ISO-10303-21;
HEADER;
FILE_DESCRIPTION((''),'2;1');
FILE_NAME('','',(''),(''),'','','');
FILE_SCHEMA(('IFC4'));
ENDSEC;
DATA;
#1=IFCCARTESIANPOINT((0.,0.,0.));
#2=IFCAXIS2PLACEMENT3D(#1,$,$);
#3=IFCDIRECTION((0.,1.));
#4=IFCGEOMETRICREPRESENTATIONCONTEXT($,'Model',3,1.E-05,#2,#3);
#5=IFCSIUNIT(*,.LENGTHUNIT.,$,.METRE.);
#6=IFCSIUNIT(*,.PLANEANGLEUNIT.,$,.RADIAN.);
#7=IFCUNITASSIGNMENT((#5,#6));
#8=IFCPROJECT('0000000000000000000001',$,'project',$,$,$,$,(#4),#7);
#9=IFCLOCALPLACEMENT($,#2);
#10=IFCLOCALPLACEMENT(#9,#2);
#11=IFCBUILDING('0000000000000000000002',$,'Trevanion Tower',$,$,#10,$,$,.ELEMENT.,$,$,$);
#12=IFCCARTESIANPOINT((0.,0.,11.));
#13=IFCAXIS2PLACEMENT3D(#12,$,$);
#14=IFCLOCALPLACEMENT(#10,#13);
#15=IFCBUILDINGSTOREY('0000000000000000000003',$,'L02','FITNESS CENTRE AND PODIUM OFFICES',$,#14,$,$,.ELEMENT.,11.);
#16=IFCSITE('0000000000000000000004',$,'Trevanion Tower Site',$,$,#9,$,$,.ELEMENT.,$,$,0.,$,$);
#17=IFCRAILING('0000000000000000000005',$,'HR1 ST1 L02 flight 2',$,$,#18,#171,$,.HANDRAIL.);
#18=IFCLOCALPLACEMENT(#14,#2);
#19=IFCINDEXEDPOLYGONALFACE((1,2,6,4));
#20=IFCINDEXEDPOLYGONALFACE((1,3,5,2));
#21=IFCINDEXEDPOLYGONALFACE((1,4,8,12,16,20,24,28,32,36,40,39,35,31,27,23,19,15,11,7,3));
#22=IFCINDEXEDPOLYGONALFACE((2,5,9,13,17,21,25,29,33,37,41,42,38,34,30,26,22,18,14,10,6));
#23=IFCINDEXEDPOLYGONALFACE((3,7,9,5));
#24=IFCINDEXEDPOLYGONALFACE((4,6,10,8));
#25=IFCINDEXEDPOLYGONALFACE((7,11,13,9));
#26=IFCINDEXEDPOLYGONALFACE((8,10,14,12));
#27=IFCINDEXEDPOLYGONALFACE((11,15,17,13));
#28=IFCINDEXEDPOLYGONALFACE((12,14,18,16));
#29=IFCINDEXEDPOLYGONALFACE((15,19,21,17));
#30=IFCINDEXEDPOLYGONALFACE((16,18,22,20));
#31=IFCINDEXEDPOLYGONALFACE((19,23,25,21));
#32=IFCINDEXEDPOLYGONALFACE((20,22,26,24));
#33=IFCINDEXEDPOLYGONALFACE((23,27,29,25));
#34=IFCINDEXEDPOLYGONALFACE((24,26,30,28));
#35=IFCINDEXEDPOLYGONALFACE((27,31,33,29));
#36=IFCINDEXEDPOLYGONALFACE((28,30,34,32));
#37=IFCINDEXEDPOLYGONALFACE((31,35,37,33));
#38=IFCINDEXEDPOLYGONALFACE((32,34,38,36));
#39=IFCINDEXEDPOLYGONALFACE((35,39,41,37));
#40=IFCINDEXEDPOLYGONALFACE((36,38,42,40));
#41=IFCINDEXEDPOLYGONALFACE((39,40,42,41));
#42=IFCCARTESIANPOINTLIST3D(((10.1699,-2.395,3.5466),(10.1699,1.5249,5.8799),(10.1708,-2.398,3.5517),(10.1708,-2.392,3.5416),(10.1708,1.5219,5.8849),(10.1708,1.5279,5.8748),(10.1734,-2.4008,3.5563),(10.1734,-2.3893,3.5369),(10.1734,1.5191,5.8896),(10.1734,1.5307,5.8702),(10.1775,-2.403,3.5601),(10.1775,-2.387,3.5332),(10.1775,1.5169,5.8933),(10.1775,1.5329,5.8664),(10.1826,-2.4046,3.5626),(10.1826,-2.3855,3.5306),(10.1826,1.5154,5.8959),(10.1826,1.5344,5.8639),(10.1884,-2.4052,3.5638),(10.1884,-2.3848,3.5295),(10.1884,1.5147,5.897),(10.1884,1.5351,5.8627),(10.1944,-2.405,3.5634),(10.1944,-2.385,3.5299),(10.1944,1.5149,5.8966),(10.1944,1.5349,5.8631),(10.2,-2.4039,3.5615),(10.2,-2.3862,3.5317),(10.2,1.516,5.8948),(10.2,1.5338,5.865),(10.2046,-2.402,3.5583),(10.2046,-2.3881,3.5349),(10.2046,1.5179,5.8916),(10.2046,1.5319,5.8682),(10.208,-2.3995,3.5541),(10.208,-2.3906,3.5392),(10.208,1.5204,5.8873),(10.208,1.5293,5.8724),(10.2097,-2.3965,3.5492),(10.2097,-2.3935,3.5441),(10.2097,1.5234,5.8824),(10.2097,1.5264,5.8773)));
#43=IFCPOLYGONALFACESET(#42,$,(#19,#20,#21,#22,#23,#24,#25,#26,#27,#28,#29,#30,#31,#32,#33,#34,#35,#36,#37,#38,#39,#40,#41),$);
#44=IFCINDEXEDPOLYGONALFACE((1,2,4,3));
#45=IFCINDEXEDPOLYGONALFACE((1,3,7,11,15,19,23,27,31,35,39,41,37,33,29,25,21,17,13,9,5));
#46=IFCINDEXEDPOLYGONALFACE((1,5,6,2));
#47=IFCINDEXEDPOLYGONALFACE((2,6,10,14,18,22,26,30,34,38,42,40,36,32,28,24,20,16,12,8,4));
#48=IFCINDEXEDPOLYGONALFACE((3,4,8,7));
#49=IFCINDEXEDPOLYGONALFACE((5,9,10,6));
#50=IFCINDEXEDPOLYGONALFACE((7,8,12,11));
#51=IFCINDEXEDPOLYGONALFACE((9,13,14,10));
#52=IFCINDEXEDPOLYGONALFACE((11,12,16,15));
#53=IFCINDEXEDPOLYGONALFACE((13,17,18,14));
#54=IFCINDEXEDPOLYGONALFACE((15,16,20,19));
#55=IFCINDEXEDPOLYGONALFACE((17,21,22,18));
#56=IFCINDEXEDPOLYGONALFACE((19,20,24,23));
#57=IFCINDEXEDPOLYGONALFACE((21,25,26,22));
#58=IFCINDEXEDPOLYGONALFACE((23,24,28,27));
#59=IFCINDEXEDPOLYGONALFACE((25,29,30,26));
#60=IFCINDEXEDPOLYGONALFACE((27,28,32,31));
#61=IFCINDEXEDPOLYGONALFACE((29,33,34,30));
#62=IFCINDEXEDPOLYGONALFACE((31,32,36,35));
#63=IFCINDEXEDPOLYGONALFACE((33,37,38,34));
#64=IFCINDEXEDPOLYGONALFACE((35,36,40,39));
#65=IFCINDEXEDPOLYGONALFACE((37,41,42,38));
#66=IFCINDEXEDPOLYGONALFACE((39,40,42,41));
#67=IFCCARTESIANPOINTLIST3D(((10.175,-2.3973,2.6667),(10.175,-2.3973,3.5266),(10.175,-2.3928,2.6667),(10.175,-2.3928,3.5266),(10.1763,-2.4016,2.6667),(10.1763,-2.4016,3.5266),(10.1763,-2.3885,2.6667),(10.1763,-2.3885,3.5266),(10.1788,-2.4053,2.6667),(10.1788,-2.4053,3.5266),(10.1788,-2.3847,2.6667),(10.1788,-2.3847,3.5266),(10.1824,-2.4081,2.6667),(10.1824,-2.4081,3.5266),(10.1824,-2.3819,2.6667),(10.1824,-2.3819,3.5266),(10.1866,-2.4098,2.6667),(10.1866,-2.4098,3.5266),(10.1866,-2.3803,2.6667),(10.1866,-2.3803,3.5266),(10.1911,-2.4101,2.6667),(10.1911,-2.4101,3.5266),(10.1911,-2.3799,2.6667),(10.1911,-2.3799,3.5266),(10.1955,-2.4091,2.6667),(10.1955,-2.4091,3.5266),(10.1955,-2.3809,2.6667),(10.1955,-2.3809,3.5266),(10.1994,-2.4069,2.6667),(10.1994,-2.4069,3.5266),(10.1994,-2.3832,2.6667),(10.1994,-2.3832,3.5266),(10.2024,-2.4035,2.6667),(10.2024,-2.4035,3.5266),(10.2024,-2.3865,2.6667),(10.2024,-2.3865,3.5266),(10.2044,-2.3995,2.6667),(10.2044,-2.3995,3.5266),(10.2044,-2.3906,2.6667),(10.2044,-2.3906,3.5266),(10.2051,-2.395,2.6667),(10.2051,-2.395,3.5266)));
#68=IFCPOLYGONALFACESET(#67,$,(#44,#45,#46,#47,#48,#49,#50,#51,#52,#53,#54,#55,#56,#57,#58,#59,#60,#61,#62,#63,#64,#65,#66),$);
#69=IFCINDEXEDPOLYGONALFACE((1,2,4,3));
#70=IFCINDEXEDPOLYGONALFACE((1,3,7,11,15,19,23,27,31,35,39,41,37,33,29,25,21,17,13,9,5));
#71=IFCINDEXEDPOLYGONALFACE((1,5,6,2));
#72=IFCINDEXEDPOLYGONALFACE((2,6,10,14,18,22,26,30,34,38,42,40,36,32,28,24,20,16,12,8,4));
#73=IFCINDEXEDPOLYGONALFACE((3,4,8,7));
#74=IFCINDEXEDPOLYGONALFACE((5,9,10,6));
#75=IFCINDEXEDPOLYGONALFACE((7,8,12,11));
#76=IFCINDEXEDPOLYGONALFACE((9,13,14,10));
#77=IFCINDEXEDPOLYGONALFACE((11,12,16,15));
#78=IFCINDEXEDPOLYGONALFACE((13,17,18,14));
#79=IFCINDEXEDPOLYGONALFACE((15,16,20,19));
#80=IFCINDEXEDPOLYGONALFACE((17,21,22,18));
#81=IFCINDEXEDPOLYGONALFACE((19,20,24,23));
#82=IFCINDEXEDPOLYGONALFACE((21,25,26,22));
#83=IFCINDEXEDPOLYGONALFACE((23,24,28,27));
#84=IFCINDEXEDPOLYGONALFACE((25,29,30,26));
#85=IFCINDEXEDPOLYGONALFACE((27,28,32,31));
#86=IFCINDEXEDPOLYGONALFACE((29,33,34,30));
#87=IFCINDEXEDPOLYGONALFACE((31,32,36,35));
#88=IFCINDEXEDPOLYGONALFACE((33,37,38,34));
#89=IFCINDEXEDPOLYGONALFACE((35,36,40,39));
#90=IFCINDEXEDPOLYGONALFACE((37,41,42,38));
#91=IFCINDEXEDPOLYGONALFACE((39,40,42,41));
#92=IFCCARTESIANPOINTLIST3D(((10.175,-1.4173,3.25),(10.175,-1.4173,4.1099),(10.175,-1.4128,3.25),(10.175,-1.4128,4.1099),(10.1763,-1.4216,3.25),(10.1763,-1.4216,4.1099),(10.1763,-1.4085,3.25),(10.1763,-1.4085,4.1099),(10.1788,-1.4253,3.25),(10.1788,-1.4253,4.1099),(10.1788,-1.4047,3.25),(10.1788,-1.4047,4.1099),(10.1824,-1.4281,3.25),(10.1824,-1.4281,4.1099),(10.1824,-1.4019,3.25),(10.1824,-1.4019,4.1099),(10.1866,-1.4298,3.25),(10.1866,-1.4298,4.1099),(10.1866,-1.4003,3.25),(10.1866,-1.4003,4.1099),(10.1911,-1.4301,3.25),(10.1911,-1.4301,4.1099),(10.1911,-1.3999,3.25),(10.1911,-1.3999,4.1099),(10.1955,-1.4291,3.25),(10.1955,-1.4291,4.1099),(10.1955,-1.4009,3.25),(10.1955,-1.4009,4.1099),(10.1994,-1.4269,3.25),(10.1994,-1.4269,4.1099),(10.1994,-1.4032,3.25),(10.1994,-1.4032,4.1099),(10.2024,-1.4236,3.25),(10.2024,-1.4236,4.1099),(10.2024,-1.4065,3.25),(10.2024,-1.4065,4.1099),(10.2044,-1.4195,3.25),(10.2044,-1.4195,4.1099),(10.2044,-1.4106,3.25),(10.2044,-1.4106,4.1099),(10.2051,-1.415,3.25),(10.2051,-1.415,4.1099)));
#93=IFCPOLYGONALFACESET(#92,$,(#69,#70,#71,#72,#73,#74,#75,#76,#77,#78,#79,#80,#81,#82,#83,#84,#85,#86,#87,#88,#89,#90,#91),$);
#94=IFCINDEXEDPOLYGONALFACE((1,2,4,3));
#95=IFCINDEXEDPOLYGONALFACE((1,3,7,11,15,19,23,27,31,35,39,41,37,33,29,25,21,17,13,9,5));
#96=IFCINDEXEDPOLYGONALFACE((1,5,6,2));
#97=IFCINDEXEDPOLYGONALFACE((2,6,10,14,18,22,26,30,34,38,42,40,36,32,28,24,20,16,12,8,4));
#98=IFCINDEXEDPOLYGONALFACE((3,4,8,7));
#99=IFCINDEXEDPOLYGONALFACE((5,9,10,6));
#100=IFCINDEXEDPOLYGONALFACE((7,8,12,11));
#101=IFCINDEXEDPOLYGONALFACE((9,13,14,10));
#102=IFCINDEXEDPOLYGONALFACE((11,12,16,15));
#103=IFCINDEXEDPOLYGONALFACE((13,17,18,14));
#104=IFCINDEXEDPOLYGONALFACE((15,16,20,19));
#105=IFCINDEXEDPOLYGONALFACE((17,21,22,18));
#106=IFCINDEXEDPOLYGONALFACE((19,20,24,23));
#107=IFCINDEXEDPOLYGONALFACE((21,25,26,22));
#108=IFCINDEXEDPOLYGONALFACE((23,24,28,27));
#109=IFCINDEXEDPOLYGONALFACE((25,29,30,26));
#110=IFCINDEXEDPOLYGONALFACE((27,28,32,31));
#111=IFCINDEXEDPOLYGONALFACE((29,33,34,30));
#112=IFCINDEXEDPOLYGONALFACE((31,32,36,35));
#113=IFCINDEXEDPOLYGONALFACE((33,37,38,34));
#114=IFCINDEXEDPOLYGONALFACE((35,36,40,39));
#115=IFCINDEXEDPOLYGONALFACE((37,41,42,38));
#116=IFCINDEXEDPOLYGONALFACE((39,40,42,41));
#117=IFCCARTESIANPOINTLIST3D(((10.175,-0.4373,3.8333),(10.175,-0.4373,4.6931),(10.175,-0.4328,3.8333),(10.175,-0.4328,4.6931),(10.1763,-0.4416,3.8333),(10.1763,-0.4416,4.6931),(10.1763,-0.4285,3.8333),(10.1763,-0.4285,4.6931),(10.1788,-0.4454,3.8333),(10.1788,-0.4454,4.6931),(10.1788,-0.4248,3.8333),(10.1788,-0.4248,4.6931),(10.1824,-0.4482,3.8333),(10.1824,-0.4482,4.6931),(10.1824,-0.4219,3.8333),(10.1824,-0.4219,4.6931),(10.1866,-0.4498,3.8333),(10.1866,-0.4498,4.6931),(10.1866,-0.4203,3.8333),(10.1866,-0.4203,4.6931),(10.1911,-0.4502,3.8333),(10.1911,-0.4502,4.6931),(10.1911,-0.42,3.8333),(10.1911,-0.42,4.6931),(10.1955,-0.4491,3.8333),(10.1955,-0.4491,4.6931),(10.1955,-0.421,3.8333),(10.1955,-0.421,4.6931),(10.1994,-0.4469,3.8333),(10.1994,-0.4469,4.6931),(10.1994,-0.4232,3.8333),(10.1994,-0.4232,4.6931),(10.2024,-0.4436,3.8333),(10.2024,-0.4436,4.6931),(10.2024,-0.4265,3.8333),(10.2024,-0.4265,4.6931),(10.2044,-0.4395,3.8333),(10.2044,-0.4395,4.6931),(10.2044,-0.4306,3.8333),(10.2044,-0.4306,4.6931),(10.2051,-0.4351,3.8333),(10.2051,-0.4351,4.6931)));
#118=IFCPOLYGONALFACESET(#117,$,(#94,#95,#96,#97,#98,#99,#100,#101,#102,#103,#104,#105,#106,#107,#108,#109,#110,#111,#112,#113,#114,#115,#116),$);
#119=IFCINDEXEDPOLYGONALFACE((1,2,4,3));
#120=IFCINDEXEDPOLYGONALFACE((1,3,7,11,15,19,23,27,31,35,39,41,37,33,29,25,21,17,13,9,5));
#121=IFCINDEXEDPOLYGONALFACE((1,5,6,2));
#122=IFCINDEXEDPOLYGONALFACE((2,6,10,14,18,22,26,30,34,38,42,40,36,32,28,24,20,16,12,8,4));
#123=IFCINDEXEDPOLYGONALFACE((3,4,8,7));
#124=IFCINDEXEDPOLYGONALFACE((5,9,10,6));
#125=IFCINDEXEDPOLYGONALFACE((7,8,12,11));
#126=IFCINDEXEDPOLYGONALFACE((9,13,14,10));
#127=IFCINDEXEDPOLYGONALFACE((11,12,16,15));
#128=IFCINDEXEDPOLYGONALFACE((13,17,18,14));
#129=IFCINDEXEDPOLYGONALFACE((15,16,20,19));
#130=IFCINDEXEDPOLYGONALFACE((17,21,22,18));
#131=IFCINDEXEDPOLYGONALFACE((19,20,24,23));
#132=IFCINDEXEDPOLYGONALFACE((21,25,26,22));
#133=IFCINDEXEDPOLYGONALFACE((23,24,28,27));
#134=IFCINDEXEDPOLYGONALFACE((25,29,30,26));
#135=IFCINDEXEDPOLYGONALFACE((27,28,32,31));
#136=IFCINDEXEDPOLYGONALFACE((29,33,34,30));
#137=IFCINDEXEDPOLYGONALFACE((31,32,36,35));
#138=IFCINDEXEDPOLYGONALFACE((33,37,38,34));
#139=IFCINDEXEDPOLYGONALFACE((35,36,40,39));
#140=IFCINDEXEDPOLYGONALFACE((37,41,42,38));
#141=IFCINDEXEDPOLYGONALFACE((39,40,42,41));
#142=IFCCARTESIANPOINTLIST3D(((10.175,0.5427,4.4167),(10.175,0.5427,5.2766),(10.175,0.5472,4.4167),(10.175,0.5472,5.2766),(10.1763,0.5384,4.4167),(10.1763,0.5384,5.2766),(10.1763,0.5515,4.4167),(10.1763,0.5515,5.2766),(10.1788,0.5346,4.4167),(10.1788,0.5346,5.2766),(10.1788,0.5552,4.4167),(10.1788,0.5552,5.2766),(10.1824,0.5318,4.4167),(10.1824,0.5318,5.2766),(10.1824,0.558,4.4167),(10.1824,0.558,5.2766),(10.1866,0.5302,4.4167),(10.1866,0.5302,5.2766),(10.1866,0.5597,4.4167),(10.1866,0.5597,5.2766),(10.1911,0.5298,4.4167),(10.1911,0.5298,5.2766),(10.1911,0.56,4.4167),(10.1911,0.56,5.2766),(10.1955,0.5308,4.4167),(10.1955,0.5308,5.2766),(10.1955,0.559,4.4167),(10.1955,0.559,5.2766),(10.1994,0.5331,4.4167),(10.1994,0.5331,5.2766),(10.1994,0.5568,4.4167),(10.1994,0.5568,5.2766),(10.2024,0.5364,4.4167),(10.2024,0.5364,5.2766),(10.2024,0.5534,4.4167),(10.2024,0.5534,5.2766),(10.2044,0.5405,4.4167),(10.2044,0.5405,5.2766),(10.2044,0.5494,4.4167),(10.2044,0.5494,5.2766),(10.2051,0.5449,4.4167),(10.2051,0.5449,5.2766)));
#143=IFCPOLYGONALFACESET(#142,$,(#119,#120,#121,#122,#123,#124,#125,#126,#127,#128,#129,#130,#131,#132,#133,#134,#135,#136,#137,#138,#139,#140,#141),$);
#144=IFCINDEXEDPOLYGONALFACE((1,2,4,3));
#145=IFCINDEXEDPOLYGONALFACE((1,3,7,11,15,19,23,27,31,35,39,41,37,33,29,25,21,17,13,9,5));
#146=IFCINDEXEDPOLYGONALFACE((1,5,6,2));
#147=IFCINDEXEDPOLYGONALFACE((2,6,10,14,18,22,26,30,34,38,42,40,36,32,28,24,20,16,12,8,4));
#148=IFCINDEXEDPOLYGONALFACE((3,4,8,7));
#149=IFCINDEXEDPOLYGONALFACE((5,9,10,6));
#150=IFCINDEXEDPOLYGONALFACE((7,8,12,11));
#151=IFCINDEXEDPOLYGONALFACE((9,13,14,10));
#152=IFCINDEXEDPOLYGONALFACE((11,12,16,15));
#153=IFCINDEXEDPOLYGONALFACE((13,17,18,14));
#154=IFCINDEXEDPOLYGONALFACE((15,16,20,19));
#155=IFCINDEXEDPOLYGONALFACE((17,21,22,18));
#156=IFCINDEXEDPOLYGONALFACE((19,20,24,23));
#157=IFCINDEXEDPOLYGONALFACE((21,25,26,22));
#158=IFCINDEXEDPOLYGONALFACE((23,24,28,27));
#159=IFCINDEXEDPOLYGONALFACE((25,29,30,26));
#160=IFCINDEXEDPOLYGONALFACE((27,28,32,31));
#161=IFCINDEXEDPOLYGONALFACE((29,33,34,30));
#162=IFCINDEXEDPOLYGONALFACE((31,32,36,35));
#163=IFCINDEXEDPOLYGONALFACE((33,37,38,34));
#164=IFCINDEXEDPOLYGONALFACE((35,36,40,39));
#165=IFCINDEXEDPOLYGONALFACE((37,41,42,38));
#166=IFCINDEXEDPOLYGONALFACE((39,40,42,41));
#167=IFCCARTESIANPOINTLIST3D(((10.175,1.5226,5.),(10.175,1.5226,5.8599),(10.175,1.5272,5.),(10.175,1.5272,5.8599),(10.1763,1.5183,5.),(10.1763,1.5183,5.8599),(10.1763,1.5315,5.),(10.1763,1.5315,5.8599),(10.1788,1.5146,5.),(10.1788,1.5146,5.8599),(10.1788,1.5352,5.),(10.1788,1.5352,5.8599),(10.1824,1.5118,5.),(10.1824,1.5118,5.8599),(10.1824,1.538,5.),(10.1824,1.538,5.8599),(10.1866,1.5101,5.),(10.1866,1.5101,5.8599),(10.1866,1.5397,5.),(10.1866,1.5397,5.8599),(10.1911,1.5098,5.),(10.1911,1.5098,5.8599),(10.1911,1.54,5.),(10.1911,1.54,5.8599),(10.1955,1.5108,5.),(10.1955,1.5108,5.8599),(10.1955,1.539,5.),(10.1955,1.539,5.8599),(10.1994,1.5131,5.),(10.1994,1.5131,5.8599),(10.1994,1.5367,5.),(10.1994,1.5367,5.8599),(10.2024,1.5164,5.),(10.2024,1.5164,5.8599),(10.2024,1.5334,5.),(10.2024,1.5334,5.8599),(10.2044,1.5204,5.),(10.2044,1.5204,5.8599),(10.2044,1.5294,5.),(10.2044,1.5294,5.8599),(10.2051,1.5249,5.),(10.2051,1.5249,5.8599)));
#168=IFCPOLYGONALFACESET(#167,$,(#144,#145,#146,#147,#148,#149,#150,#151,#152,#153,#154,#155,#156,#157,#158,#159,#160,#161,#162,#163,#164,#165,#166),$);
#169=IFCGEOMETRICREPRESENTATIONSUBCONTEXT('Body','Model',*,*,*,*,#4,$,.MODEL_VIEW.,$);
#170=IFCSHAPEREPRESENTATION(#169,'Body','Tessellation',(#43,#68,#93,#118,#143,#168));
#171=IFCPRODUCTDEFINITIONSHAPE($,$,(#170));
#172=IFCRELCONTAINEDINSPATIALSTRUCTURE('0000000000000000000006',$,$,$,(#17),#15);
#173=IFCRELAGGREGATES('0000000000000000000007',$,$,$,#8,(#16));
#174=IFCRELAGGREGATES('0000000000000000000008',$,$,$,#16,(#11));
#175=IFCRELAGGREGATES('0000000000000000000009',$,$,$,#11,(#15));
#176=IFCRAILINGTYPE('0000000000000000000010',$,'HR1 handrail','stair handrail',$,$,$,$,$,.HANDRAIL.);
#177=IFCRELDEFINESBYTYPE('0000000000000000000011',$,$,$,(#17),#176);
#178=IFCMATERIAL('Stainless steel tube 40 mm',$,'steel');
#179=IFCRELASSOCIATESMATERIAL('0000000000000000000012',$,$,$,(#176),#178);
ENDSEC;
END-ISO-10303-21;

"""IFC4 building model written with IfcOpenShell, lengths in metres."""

from ifc_helpers import new_model, si_unit, direction, frame, origin, origin_2d, place, context, subcontext, project, spatial, circle, extrude, material, type_object, element, save


model = new_model("IFC4")

# Units and contexts
model_context = context("Model", 3, precision=1e-05, world=origin(), true_north=direction((0.0, 1.0)))
body_context = subcontext(model_context, "Body", "Model", "MODEL_VIEW")
ifc_project = project(units=[si_unit("LENGTHUNIT", "METRE"), si_unit("PLANEANGLEUNIT", "RADIAN")], contexts=[model_context])

# Site, building, storey
site_placement = place(None, origin())
site = spatial("IfcSite", under=ifc_project, at=site_placement, Name="Trevanion Tower Site", CompositionType="ELEMENT", RefElevation=0.0)
building_placement = place(site_placement, origin())
building = spatial("IfcBuilding", under=site, at=building_placement, Name="Trevanion Tower", CompositionType="ELEMENT")
storey_placement = place(building_placement, frame((0.0, 0.0, 11.0)))
storey = spatial("IfcBuildingStorey", under=building, at=storey_placement, Name="L02", Description="FITNESS CENTRE AND PODIUM OFFICES", CompositionType="ELEMENT", Elevation=11.0)

# Railing
ifc_material_1 = material(Name="Stainless steel tube 40 mm", Category="steel")
railing_type = type_object("IfcRailingType", Name="HR1 handrail", Description="stair handrail", PredefinedType="HANDRAIL", material=ifc_material_1)
for number, where, name in (
    (1, (10.1899, -2.395, 2.6667), "HR1 ST1 L02 flight 2"),
):
    element("IfcRailing", number, at=place(storey_placement, frame(where)), inside=storey, type_object=railing_type, Name=name, PredefinedType="HANDRAIL", context=body_context, shape_type="SweptSolid", body=[
        extrude(circle(Radius=0.02, at=origin_2d()), frame((0.0, 0.0, 0.8799), z_axis=(0.0, 0.859296, 0.511478), x_axis=(-1.0, 0.0, 0.0)), (0.0, 0.0, 1.0), 4.5618),
        extrude(circle(Radius=0.0151, at=origin_2d()), origin(), (0.0, 0.0, 1.0), 0.8599),
        extrude(circle(Radius=0.0151, at=origin_2d()), frame((0.0, 0.98, 0.5833)), (0.0, 0.0, 1.0), 0.8599),
        extrude(circle(Radius=0.0151, at=origin_2d()), frame((0.0, 1.96, 1.1665)), (0.0, 0.0, 1.0), 0.8599),
        extrude(circle(Radius=0.0151, at=origin_2d()), frame((0.0, 2.9399, 1.75)), (0.0, 0.0, 1.0), 0.8599),
        extrude(circle(Radius=0.0151, at=origin_2d()), frame((0.0, 3.9199, 2.3333)), (0.0, 0.0, 1.0), 0.8599),
    ])

save(model, "model.ifc")
